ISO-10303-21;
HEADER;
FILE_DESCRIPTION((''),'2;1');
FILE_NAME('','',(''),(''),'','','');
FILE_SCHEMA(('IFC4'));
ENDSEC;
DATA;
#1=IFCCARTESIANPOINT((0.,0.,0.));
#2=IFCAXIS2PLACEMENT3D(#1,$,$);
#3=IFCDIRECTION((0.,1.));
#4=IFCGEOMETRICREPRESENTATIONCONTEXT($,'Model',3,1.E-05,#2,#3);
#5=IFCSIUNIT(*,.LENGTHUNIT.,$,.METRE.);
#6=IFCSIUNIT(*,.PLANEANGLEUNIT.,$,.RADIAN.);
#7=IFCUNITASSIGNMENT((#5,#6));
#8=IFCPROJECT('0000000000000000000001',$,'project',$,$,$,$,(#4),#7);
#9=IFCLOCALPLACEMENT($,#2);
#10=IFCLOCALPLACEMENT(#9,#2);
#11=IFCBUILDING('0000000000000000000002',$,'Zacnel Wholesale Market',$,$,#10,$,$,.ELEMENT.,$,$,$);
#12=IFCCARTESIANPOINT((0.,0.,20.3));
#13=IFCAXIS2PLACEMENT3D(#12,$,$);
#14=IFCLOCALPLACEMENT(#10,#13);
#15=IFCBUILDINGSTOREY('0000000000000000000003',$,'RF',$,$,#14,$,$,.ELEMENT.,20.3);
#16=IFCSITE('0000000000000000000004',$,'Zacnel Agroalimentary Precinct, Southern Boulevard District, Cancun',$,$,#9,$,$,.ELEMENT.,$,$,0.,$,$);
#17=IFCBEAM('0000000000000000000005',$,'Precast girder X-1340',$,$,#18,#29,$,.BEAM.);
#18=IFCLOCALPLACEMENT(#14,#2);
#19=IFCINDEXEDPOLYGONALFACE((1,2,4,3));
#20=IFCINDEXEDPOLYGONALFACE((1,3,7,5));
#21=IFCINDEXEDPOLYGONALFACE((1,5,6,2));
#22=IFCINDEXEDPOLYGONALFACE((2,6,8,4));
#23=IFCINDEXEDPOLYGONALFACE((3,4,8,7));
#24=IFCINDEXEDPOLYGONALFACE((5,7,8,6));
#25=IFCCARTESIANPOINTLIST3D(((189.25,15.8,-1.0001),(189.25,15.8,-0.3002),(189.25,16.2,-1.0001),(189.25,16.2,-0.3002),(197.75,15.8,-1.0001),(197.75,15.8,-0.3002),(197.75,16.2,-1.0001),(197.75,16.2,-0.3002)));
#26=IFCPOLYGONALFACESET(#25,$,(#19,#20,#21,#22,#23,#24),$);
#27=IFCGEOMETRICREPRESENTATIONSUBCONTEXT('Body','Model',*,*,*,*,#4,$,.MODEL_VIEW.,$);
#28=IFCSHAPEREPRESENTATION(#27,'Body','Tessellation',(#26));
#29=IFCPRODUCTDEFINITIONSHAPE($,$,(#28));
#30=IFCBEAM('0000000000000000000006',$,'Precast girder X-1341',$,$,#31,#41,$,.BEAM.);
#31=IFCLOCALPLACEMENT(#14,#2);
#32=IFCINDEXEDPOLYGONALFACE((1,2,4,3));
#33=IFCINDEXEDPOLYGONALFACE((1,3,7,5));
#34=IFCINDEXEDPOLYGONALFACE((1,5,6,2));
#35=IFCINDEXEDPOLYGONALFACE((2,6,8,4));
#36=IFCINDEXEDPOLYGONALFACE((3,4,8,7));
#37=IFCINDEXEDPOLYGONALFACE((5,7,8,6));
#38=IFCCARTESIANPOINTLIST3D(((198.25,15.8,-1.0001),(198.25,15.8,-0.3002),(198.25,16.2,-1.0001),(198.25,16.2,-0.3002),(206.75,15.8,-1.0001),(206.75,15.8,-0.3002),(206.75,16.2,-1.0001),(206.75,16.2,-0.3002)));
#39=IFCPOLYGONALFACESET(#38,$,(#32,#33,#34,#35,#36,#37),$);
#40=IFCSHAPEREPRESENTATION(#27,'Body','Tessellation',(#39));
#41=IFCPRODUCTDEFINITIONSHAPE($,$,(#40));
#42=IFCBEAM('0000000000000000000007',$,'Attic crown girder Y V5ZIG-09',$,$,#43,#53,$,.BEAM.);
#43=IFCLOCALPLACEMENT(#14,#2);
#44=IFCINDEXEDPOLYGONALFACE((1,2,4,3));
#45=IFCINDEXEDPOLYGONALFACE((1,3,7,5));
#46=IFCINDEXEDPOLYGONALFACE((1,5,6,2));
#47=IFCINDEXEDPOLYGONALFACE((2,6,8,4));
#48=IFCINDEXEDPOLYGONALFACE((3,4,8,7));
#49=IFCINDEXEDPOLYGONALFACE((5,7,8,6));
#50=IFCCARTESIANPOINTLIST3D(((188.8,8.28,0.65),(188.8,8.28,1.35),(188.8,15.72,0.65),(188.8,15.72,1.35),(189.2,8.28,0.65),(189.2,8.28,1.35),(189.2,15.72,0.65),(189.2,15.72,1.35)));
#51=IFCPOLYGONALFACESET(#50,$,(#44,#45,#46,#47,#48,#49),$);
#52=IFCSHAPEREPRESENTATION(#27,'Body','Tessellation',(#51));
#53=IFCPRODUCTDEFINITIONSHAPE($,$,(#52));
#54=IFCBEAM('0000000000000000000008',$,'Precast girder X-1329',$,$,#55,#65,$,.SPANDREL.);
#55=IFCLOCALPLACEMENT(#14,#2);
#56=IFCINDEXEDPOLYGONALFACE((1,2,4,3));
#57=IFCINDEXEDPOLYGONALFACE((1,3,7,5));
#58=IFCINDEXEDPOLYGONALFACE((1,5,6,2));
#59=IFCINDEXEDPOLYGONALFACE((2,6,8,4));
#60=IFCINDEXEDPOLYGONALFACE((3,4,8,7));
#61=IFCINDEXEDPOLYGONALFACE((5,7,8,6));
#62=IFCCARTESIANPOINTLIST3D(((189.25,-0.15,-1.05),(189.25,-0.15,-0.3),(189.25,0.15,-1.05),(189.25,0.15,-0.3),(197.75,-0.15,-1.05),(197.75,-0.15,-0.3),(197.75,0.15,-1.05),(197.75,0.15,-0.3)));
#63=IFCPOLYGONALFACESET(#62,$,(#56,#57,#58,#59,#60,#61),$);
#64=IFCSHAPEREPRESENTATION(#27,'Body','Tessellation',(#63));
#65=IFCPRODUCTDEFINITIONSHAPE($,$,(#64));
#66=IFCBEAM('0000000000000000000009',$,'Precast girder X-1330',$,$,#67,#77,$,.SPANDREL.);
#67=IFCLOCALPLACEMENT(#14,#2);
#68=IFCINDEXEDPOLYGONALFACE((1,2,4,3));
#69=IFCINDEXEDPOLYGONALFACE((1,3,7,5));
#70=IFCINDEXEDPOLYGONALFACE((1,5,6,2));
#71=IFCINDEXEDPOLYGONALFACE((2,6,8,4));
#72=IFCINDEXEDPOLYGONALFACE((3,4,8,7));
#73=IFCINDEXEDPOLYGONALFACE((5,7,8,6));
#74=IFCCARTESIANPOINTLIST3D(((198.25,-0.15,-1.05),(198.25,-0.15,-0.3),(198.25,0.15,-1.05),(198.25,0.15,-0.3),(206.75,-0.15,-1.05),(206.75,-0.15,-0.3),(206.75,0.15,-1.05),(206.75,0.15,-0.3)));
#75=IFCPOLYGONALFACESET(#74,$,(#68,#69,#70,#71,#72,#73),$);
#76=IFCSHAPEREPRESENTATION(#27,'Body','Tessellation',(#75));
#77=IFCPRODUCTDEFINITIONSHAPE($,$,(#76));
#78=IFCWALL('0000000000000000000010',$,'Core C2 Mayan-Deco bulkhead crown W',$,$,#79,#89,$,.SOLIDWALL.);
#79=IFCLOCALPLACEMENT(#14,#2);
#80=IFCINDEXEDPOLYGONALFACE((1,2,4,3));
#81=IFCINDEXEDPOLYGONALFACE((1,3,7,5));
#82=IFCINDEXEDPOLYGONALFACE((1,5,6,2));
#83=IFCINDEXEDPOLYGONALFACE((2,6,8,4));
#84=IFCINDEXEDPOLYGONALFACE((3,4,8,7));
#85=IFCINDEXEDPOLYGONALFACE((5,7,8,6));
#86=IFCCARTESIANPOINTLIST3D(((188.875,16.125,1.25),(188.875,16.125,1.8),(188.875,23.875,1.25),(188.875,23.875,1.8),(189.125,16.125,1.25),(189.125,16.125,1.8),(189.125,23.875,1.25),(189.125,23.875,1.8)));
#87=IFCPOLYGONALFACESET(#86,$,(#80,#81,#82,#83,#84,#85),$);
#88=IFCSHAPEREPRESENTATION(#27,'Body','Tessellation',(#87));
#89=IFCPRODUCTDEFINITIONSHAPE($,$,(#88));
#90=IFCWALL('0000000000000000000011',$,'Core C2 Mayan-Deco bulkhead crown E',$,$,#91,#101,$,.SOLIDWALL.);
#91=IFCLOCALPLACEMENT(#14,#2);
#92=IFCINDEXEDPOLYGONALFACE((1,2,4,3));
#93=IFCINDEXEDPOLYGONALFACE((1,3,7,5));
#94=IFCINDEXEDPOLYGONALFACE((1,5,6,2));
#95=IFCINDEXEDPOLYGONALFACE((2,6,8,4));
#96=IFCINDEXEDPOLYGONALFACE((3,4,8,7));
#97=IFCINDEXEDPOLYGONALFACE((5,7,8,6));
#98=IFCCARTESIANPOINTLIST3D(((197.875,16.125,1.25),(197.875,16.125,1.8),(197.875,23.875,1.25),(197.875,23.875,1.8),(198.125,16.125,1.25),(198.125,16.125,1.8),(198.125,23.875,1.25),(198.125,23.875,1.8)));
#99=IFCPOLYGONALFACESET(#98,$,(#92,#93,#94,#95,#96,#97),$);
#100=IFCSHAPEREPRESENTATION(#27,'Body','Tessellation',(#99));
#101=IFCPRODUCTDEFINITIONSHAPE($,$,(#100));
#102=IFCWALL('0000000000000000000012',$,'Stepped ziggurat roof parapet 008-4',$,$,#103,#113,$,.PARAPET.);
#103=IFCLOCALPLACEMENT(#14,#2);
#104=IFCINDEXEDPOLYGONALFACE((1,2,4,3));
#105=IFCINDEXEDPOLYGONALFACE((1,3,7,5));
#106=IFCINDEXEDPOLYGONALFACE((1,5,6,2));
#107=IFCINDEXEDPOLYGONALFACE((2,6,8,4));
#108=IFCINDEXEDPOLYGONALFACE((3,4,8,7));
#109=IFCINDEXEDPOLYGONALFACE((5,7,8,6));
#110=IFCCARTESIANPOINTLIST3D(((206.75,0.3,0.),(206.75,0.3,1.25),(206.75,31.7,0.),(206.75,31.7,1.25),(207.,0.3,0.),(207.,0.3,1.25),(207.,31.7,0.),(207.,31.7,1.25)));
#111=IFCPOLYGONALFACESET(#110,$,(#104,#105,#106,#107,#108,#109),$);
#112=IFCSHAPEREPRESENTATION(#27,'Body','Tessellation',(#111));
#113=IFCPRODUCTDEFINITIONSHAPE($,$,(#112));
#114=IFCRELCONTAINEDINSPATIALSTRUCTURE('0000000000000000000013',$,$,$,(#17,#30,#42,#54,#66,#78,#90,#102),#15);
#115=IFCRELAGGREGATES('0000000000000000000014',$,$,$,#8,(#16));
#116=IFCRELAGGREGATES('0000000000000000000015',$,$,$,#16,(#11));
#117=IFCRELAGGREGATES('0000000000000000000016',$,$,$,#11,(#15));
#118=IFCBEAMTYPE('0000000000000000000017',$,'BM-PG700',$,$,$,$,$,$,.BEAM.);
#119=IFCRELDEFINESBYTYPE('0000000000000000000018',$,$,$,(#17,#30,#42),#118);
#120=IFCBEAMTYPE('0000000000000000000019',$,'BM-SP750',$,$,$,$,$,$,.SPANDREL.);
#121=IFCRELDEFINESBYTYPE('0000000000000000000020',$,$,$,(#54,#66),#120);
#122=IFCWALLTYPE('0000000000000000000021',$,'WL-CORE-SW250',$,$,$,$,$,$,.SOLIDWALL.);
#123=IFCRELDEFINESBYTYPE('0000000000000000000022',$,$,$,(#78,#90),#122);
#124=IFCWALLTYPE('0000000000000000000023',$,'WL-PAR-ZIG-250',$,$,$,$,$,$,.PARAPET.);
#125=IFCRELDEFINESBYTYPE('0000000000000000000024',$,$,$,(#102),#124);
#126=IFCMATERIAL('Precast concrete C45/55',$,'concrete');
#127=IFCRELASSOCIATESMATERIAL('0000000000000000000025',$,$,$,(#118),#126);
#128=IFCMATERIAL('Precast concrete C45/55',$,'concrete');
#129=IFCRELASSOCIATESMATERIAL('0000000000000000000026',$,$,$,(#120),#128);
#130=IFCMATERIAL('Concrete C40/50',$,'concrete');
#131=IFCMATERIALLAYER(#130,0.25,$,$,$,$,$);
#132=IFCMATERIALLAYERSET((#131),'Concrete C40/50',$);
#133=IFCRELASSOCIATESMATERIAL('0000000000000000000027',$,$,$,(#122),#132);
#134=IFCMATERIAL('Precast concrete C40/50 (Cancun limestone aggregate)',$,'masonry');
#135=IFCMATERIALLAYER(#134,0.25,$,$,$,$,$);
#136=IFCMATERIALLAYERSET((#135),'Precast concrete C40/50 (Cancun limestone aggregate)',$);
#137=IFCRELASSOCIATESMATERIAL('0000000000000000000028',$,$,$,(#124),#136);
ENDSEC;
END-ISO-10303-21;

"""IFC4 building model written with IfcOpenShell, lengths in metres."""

from ifc_helpers import new_model, si_unit, direction, frame, frame_2d, origin, origin_2d, place, context, subcontext, project, spatial, rectangle, extrude, material, layer, layer_set, material_profile, profile_set, type_object, element, save


model = new_model("IFC4")

# Units and contexts
model_context = context("Model", 3, precision=1e-05, world=origin(), true_north=direction((0.0, 1.0)))
body_context = subcontext(model_context, "Body", "Model", "MODEL_VIEW")
ifc_project = project(units=[si_unit("LENGTHUNIT", "METRE"), si_unit("PLANEANGLEUNIT", "RADIAN")], contexts=[model_context])

# Site, building, storey
site_placement = place(None, origin())
site = spatial("IfcSite", under=ifc_project, at=site_placement, Name="Zacnel Agroalimentary Precinct, Southern Boulevard District, Cancun", CompositionType="ELEMENT", RefElevation=0.0)
building_placement = place(site_placement, origin())
building = spatial("IfcBuilding", under=site, at=building_placement, Name="Zacnel Wholesale Market", CompositionType="ELEMENT")
storey_placement = place(building_placement, frame((0.0, 0.0, 20.3)))
storey = spatial("IfcBuildingStorey", under=building, at=storey_placement, Name="RF", CompositionType="ELEMENT", Elevation=20.3)

# Beams
ifc_material_1 = material(Name="Precast concrete C45/55", Category="concrete")
ifc_material_profile_1 = material_profile(ifc_material_1, rectangle(XDim=0.3999, YDim=0.7, at=origin_2d()), Name="PG 400x700")
ifc_profile_set_1 = profile_set([ifc_material_profile_1], Name="Precast concrete C45/55")
beam_type_1 = type_object("IfcBeamType", Name="BM-PG700", PredefinedType="BEAM", material=ifc_profile_set_1)
for number, where, z_axis, x_axis, name in (
    (1, (189.25, 16.0, -0.6501), (1.0, 0.0, 0.0), (0.0, 1.0, 0.0), "Precast girder X-1340"),
    (2, (198.25, 16.0, -0.6501), (1.0, 0.0, 0.0), (0.0, 1.0, 0.0), "Precast girder X-1341"),
):
    element("IfcBeam", number, at=place(storey_placement, frame(where, z_axis=z_axis, x_axis=x_axis)), inside=storey, type_object=beam_type_1, Name=name, PredefinedType="BEAM", context=body_context, shape_type="SweptSolid", body=[
        extrude(rectangle(XDim=0.3999, YDim=0.7, at=origin_2d()), origin(), (0.0, 0.0, 1.0), 8.5),
    ])
beam_1_placement = place(storey_placement, frame((189.0, 8.28, 1.0), z_axis=(0.0, 1.0, 0.0), x_axis=(-1.0, 0.0, 0.0)))
element("IfcBeam", 3, at=beam_1_placement, inside=storey, type_object=beam_type_1, Name="Attic crown girder Y V5ZIG-09", PredefinedType="BEAM", context=body_context, shape_type="SweptSolid", body=[
    extrude(rectangle(XDim=0.3999, YDim=0.7, at=origin_2d()), origin(), (0.0, 0.0, 1.0), 7.4399),
])
ifc_material_2 = material(Name="Precast concrete C45/55", Category="concrete")
ifc_material_profile_2 = material_profile(ifc_material_2, rectangle(XDim=0.3, YDim=0.75, at=origin_2d()), Name="SP 300x750")
ifc_profile_set_2 = profile_set([ifc_material_profile_2], Name="Precast concrete C45/55")
beam_type_2 = type_object("IfcBeamType", Name="BM-SP750", PredefinedType="SPANDREL", material=ifc_profile_set_2)
for number, where, z_axis, x_axis, name in (
    (4, (189.25, 0.0, -0.675), (1.0, 0.0, 0.0), (0.0, 1.0, 0.0), "Precast girder X-1329"),
    (5, (198.25, 0.0, -0.675), (1.0, 0.0, 0.0), (0.0, 1.0, 0.0), "Precast girder X-1330"),
):
    element("IfcBeam", number, at=place(storey_placement, frame(where, z_axis=z_axis, x_axis=x_axis)), inside=storey, type_object=beam_type_2, Name=name, PredefinedType="SPANDREL", context=body_context, shape_type="SweptSolid", body=[
        extrude(rectangle(XDim=0.3, YDim=0.75, at=origin_2d()), origin(), (0.0, 0.0, 1.0), 8.5),
    ])

# Walls
ifc_material_3 = material(Name="Concrete C40/50", Category="concrete")
ifc_layer_1 = layer(ifc_material_3, 0.25)
ifc_layer_set_1 = layer_set([ifc_layer_1], Name="Concrete C40/50")
wall_type_1 = type_object("IfcWallType", Name="WL-CORE-SW250", PredefinedType="SOLIDWALL", material=ifc_layer_set_1)
for number, where, z_axis, x_axis, name in (
    (6, (189.0, 16.125, 1.25), (0.0, 0.0, 1.0), (0.0, 1.0, 0.0), "Core C2 Mayan-Deco bulkhead crown W"),
    (7, (198.0, 16.125, 1.25), (0.0, 0.0, 1.0), (0.0, 1.0, 0.0), "Core C2 Mayan-Deco bulkhead crown E"),
):
    element("IfcWall", number, at=place(storey_placement, frame(where, z_axis=z_axis, x_axis=x_axis)), inside=storey, type_object=wall_type_1, Name=name, PredefinedType="SOLIDWALL", context=body_context, shape_type="SweptSolid", body=[
        extrude(rectangle(XDim=7.75, YDim=0.25, at=frame_2d((3.875, 0.0))), origin(), (0.0, 0.0, 1.0), 0.55),
    ])
ifc_material_4 = material(Name="Precast concrete C40/50 (Cancun limestone aggregate)", Category="masonry")
ifc_layer_2 = layer(ifc_material_4, 0.25)
ifc_layer_set_2 = layer_set([ifc_layer_2], Name="Precast concrete C40/50 (Cancun limestone aggregate)")
wall_type_2 = type_object("IfcWallType", Name="WL-PAR-ZIG-250", PredefinedType="PARAPET", material=ifc_layer_set_2)
wall_placement = place(storey_placement, frame((206.875, 0.3, 0.0), z_axis=(0.0, 0.0, 1.0), x_axis=(0.0, 1.0, 0.0)))
element("IfcWall", 8, at=wall_placement, inside=storey, type_object=wall_type_2, Name="Stepped ziggurat roof parapet 008-4", PredefinedType="PARAPET", context=body_context, shape_type="SweptSolid", body=[
    extrude(rectangle(XDim=31.3999, YDim=0.25, at=frame_2d((15.7, 0.0))), origin(), (0.0, 0.0, 1.0), 1.25),
])

save(model, "model.ifc")
